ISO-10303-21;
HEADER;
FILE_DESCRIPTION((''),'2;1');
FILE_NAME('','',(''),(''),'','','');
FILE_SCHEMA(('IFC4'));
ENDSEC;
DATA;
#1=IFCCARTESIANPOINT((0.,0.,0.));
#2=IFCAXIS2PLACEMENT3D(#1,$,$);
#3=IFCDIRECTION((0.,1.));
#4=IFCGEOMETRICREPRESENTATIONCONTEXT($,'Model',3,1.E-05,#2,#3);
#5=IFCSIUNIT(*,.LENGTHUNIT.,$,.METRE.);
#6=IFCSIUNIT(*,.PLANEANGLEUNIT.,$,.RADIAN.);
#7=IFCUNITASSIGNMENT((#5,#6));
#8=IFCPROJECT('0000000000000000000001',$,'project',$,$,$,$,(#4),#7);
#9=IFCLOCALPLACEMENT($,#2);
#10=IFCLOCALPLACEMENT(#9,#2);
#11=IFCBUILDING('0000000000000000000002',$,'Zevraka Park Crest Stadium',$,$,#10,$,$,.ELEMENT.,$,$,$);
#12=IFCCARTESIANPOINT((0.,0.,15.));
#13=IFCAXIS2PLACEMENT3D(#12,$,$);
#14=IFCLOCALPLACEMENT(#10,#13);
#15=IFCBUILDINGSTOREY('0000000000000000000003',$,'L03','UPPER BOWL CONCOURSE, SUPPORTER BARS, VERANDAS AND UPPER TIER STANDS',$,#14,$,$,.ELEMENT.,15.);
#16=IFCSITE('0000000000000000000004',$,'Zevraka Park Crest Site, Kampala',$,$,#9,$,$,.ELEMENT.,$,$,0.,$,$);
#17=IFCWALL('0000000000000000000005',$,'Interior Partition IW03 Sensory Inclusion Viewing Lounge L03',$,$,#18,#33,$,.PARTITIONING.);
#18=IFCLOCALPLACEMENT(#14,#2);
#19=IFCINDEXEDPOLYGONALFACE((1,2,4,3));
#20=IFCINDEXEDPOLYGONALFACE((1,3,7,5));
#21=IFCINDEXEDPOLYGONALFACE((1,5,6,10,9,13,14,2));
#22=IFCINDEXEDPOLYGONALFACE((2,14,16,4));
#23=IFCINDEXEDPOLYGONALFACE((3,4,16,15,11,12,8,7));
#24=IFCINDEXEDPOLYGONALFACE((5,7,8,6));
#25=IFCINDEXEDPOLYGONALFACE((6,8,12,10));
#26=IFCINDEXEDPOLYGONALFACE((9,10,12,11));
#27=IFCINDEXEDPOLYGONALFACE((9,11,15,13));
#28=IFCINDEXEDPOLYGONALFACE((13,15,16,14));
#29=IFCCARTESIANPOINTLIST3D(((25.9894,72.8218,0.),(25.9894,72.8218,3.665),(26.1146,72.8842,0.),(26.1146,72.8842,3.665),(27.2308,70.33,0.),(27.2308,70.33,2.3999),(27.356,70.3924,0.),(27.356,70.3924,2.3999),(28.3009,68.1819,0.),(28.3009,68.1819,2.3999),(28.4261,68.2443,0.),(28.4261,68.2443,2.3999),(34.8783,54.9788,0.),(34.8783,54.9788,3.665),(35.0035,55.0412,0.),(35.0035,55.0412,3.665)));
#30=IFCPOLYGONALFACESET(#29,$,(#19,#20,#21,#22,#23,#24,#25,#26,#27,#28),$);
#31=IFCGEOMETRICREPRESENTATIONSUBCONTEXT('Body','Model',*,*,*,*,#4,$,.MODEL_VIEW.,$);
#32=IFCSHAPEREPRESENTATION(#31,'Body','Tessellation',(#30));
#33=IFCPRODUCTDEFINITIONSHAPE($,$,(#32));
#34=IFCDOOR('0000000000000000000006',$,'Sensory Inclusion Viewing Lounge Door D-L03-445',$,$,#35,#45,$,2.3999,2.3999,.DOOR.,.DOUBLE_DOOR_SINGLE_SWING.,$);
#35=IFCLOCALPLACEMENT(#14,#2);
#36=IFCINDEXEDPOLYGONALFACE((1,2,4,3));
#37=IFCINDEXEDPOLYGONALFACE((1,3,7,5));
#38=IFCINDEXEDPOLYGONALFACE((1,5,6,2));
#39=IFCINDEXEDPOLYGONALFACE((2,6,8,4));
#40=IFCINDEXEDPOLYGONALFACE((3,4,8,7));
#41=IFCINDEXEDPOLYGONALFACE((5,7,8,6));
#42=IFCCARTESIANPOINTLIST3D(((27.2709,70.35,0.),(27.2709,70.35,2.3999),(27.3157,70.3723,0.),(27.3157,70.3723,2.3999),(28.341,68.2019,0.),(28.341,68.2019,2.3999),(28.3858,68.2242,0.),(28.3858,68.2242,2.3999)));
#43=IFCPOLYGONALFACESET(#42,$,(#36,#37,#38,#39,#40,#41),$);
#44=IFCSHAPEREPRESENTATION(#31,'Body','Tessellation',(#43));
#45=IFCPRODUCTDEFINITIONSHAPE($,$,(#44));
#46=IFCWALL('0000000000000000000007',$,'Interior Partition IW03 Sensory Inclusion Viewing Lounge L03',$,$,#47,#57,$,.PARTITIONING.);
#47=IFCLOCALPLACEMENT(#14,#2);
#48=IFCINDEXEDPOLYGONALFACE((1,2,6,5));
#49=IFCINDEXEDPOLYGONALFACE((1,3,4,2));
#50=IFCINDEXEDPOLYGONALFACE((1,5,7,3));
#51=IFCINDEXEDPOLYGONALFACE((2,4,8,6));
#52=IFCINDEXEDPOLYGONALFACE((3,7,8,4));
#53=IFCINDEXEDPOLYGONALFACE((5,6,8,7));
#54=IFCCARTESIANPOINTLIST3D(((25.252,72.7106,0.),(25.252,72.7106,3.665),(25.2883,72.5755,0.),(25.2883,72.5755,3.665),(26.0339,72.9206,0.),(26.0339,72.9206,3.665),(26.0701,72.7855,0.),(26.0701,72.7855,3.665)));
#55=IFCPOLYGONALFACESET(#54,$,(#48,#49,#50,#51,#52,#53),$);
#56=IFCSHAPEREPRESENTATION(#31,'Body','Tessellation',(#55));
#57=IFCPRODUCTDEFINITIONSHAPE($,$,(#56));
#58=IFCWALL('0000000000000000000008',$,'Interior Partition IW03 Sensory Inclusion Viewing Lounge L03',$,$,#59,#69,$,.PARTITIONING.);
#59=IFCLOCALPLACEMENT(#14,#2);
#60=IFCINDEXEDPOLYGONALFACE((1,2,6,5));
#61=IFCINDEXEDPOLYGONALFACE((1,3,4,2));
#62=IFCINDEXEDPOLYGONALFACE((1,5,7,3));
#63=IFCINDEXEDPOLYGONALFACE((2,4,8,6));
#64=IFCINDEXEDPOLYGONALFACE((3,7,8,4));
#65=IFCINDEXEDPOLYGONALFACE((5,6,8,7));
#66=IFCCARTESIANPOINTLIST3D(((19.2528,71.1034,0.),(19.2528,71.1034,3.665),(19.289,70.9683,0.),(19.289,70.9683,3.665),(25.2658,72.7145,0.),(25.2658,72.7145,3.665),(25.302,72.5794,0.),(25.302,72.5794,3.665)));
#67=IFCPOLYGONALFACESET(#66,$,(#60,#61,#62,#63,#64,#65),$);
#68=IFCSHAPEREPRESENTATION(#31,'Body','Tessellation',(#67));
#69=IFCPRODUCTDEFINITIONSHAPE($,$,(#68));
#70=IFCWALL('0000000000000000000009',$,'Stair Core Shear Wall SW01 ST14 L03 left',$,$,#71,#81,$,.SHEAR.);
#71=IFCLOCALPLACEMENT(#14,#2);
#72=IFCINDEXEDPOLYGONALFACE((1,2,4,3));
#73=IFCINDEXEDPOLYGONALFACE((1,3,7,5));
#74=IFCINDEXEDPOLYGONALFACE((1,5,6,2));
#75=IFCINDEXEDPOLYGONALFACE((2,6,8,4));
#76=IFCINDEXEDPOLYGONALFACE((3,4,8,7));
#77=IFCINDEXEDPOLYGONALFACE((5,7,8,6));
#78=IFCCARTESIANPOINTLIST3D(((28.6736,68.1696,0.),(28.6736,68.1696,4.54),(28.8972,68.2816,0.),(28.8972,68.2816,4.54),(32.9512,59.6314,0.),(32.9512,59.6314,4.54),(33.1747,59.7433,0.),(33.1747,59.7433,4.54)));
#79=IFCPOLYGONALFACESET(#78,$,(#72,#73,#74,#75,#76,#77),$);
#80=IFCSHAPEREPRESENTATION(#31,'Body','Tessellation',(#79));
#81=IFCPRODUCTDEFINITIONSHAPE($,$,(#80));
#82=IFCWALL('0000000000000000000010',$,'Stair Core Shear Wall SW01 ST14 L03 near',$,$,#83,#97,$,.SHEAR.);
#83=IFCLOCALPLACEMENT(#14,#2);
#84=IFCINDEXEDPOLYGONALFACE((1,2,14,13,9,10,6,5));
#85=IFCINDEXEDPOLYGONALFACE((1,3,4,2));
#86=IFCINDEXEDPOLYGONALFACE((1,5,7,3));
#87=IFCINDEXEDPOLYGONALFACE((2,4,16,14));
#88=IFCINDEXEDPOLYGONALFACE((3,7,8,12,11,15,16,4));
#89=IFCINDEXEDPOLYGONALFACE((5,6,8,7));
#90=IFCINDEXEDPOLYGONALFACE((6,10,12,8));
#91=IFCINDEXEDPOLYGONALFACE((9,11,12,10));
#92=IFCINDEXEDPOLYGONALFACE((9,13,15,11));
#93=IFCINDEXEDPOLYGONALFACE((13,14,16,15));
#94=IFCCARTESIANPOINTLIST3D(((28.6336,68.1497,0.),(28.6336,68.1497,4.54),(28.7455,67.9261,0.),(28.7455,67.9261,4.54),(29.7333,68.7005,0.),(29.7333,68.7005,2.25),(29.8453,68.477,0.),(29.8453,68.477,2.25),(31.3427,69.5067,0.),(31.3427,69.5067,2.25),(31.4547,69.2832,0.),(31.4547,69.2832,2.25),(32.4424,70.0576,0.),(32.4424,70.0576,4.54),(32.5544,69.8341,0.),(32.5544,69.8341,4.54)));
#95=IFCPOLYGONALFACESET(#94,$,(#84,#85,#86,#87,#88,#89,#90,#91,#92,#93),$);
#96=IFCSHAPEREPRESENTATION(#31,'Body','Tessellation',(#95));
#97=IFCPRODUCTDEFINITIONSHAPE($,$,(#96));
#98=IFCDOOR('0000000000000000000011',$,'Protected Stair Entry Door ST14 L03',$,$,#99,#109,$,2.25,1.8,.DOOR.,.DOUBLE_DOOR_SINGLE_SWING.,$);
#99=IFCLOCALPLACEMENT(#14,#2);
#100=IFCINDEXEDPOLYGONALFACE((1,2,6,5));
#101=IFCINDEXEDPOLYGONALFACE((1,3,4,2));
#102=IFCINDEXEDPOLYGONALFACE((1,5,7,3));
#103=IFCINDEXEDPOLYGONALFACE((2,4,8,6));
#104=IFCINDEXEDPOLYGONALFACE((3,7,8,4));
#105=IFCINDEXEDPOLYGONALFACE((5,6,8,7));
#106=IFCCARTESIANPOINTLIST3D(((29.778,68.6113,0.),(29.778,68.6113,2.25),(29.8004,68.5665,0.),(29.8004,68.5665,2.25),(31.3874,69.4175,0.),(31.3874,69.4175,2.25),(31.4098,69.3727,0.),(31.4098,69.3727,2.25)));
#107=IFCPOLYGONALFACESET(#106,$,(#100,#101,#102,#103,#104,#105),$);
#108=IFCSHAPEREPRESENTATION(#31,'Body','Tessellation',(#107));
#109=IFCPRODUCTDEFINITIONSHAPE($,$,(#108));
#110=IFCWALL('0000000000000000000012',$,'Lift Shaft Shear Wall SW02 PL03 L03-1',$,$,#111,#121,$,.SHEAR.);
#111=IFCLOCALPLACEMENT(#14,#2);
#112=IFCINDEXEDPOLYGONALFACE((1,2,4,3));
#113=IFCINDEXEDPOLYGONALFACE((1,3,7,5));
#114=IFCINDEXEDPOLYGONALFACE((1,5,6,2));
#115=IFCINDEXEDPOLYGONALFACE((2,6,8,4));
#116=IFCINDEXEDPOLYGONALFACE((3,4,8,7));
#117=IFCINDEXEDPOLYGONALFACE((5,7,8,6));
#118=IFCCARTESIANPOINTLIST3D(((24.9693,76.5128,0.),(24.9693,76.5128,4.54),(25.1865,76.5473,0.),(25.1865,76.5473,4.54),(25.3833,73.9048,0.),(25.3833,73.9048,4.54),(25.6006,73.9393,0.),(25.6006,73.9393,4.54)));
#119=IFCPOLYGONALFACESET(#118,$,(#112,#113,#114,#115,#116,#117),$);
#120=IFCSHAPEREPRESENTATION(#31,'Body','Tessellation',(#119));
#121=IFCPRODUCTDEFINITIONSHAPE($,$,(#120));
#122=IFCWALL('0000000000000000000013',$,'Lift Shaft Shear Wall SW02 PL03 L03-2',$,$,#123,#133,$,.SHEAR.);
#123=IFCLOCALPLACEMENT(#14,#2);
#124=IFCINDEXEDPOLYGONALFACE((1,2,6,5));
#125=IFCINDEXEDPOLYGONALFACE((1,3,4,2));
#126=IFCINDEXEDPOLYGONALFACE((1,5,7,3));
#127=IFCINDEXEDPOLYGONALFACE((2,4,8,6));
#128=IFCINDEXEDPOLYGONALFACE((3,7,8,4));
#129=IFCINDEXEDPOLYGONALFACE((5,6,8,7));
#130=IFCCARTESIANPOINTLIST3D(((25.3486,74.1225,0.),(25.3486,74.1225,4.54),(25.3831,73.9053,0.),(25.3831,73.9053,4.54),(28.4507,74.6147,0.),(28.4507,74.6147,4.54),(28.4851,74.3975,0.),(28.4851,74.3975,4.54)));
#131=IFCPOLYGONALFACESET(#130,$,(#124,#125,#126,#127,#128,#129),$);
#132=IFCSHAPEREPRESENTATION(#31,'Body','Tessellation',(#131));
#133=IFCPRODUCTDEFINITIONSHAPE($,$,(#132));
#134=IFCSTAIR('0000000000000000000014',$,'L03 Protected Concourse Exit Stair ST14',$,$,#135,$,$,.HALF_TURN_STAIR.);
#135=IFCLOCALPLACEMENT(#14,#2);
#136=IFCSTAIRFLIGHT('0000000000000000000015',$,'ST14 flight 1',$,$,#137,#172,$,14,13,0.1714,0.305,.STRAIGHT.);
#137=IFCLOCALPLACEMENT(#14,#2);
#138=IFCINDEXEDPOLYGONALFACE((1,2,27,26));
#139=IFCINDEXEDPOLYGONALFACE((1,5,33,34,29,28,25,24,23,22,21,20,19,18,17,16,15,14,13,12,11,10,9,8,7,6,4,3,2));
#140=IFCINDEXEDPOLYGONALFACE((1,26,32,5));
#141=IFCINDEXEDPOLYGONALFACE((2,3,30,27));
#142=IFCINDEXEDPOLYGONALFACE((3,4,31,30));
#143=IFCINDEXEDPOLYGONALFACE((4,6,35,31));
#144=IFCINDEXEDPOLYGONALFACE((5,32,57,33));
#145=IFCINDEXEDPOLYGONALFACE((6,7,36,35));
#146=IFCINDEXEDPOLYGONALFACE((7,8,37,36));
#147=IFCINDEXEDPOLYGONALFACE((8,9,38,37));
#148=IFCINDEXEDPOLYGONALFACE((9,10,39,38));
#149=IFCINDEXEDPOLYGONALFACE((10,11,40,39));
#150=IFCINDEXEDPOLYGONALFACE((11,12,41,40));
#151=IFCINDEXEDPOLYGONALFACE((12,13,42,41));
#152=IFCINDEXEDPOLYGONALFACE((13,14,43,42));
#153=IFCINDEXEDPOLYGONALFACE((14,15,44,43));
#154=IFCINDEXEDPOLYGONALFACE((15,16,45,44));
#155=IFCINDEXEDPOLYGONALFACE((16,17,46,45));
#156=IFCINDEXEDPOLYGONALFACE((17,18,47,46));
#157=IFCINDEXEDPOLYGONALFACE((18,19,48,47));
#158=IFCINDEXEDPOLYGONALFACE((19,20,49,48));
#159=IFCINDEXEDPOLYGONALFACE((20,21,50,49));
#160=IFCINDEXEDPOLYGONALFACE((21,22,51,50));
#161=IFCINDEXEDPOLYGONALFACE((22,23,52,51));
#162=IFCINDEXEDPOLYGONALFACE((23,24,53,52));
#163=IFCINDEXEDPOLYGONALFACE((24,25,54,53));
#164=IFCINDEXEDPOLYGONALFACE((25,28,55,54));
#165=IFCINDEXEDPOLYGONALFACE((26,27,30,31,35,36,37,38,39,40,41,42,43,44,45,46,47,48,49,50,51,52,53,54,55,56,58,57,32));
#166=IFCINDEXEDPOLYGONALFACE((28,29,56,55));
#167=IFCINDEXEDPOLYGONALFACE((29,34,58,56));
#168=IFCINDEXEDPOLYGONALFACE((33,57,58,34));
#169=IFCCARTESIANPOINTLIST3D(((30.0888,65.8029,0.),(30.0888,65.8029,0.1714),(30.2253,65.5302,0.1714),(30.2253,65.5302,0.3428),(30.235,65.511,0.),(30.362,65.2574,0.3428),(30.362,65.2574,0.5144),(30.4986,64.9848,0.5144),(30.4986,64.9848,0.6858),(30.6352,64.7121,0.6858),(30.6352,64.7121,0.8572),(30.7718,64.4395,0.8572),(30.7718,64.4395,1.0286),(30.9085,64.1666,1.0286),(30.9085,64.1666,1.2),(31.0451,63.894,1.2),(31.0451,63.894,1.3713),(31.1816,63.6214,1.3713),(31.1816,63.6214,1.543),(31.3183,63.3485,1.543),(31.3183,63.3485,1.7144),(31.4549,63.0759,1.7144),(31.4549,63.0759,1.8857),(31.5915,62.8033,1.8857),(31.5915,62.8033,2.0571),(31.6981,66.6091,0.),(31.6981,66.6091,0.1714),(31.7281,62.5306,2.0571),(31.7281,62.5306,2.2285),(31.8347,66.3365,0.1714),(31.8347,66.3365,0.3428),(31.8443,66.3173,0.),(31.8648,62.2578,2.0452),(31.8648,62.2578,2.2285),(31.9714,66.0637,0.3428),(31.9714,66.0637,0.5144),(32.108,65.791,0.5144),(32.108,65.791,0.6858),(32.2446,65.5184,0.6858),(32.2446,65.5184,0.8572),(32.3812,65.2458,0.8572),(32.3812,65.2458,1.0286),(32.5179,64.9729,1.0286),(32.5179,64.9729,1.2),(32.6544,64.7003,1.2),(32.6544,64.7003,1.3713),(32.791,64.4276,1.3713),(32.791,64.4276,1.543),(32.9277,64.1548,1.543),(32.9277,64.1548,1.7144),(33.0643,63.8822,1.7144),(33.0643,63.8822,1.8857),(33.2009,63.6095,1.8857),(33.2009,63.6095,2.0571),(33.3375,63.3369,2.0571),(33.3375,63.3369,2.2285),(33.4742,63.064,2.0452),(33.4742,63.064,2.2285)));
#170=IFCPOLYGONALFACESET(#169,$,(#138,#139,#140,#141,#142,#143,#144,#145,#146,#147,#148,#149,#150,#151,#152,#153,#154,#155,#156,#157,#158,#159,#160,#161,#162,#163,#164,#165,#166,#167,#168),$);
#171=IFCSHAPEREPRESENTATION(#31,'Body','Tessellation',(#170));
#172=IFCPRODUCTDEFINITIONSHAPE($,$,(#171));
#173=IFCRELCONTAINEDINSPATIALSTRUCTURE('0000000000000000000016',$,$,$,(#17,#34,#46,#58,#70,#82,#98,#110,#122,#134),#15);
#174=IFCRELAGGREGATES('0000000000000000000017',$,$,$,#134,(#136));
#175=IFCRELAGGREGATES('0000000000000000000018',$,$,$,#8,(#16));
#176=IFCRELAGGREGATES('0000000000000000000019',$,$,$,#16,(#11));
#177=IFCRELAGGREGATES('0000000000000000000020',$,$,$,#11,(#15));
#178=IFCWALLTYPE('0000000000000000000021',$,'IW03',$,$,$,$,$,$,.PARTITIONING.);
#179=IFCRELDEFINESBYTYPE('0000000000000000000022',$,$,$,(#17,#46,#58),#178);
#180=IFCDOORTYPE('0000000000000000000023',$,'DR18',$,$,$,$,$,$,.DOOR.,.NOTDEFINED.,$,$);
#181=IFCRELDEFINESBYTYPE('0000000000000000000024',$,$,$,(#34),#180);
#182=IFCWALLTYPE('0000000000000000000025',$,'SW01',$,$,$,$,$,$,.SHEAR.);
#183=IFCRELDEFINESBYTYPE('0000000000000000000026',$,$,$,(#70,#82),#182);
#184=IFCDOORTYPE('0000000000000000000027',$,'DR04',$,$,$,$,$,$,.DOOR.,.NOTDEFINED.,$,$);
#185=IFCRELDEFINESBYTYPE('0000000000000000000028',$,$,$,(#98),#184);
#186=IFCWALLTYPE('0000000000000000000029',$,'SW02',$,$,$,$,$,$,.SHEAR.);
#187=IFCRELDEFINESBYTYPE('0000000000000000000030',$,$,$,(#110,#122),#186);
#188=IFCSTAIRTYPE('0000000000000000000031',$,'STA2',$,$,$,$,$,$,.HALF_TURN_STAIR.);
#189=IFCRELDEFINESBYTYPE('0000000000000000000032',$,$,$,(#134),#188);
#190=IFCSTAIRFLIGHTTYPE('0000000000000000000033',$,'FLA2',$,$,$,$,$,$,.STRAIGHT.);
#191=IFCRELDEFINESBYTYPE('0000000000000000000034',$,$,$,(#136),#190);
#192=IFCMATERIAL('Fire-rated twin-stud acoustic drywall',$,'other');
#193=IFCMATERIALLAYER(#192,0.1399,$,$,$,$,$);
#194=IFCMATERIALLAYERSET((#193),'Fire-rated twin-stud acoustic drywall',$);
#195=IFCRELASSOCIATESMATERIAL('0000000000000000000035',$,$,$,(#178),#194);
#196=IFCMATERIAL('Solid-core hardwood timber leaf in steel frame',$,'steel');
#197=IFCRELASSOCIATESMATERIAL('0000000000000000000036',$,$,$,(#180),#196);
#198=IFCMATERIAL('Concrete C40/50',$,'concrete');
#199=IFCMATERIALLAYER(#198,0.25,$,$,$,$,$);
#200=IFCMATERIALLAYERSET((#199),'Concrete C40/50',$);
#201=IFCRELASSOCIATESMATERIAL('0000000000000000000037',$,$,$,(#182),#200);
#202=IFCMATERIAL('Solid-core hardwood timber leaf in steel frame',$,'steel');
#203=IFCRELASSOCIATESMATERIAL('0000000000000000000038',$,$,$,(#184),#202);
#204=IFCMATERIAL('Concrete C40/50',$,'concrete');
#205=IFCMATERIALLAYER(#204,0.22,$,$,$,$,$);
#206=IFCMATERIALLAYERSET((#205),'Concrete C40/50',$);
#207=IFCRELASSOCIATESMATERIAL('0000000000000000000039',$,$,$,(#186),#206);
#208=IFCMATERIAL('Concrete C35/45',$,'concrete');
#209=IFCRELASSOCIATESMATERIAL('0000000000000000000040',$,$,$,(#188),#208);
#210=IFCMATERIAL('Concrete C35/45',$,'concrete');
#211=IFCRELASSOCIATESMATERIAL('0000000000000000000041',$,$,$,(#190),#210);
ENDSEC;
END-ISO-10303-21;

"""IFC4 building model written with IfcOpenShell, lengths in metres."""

from ifc_helpers import new_model, si_unit, direction, frame, frame_2d, origin, place, context, subcontext, project, spatial, polyline, rectangle, outline, extrude, material, layer, layer_set, type_object, element, fill, aggregate, save


model = new_model("IFC4")

# Units and contexts
model_context = context("Model", 3, precision=1e-05, world=origin(), true_north=direction((0.0, 1.0)))
body_context = subcontext(model_context, "Body", "Model", "MODEL_VIEW")
ifc_project = project(units=[si_unit("LENGTHUNIT", "METRE"), si_unit("PLANEANGLEUNIT", "RADIAN")], contexts=[model_context])

# Site, building, storey
site_placement = place(None, origin())
site = spatial("IfcSite", under=ifc_project, at=site_placement, Name="Zevraka Park Crest Site, Kampala", CompositionType="ELEMENT", RefElevation=0.0)
building_placement = place(site_placement, origin())
building = spatial("IfcBuilding", under=site, at=building_placement, Name="Zevraka Park Crest Stadium", CompositionType="ELEMENT")
storey_placement = place(building_placement, frame((0.0, 0.0, 15.0)))
storey = spatial("IfcBuildingStorey", under=building, at=storey_placement, Name="L03", Description="UPPER BOWL CONCOURSE, SUPPORTER BARS, VERANDAS AND UPPER TIER STANDS", CompositionType="ELEMENT", Elevation=15.0)

# Wall, opening, door
ifc_material_1 = material(Name="Fire-rated twin-stud acoustic drywall", Category="other")
ifc_layer_1 = layer(ifc_material_1, 0.1399)
ifc_layer_set_1 = layer_set([ifc_layer_1], Name="Fire-rated twin-stud acoustic drywall")
wall_type_1 = type_object("IfcWallType", Name="IW03", PredefinedType="PARTITIONING", material=ifc_layer_set_1)
wall_1_placement = place(storey_placement, frame((26.052, 72.853, 0.0), z_axis=(0.0, 0.0, 1.0), x_axis=(0.445905, -0.89508, 0.0)))
wall_1 = element("IfcWall", 1, at=wall_1_placement, inside=storey, type_object=wall_type_1, Name="Interior Partition IW03 Sensory Inclusion Viewing Lounge L03", PredefinedType="PARTITIONING", context=body_context, shape_type="SweptSolid", body=[
    extrude(rectangle(XDim=19.9346, YDim=0.1399, at=frame_2d((9.9673, 0.0))), origin(), (0.0, 0.0, 1.0), 3.665),
])
opening_1_placement = place(wall_1_placement, frame((2.7839, 0.0, 0.0)))
opening_1 = element("IfcOpeningElement", 2, at=opening_1_placement, cuts=wall_1, PredefinedType="OPENING", context=body_context, shape_type="SweptSolid", body=[
    extrude(rectangle(XDim=2.3999, YDim=2.3999, at=frame_2d((1.2, 1.2))), frame((0.0, 0.0798, 0.0), z_axis=(0.0, -1.0, 0.0), x_axis=(1.0, 0.0, 0.0)), (0.0, 0.0, 1.0), 0.1599),
])
ifc_material_2 = material(Name="Solid-core hardwood timber leaf in steel frame", Category="steel")
door_type_1 = type_object("IfcDoorType", Name="DR18", OperationType="NOTDEFINED", PredefinedType="DOOR", material=ifc_material_2)
door_1_placement = place(opening_1_placement, origin())
door_1 = element("IfcDoor", 3, at=door_1_placement, inside=storey, type_object=door_type_1, Name="Sensory Inclusion Viewing Lounge Door D-L03-445", OperationType="DOUBLE_DOOR_SINGLE_SWING", OverallHeight=2.3999, OverallWidth=2.3999, PredefinedType="DOOR", context=body_context, shape_type="SweptSolid", body=[
    extrude(rectangle(XDim=2.3999, YDim=2.3999, at=frame_2d((1.2, 1.2))), frame((0.0, 0.0249, 0.0), z_axis=(0.0, -1.0, 0.0), x_axis=(1.0, 0.0, 0.0)), (0.0, 0.0, 1.0), 0.05),
])
fill(opening_1, door_1)

# Walls
wall_2_placement = place(storey_placement, frame((26.052, 72.853, 0.0), z_axis=(0.0, 0.0, 1.0), x_axis=(-0.965793, -0.259314, 0.0)))
element("IfcWall", 4, at=wall_2_placement, inside=storey, type_object=wall_type_1, Name="Interior Partition IW03 Sensory Inclusion Viewing Lounge L03", PredefinedType="PARTITIONING", context=body_context, shape_type="SweptSolid", body=[
    extrude(rectangle(XDim=0.8096, YDim=0.1399, at=frame_2d((0.4048, 0.0))), origin(), (0.0, 0.0, 1.0), 3.665),
])
wall_3_placement = place(storey_placement, frame((25.2839, 72.647, 0.0), z_axis=(0.0, 0.0, 1.0), x_axis=(-0.965929, -0.258807, 0.0)))
element("IfcWall", 5, at=wall_3_placement, inside=storey, type_object=wall_type_1, Name="Interior Partition IW03 Sensory Inclusion Viewing Lounge L03", PredefinedType="PARTITIONING", context=body_context, shape_type="SweptSolid", body=[
    extrude(rectangle(XDim=6.2251, YDim=0.1399, at=frame_2d((3.1125, 0.0))), origin(), (0.0, 0.0, 1.0), 3.665),
])
ifc_material_3 = material(Name="Concrete C40/50", Category="concrete")
ifc_layer_2 = layer(ifc_material_3, 0.25)
ifc_layer_set_2 = layer_set([ifc_layer_2], Name="Concrete C40/50")
wall_type_2 = type_object("IfcWallType", Name="SW01", PredefinedType="SHEAR", material=ifc_layer_set_2)
wall_4_placement = place(storey_placement, frame((28.7854, 68.2256, 0.0), z_axis=(0.0, 0.0, 1.0), x_axis=(0.447919, -0.894074, 0.0)))
element("IfcWall", 6, at=wall_4_placement, inside=storey, type_object=wall_type_2, Name="Stair Core Shear Wall SW01 ST14 L03 left", PredefinedType="SHEAR", context=body_context, shape_type="SweptSolid", body=[
    extrude(rectangle(XDim=9.5498, YDim=0.25, at=frame_2d((4.7749, 0.0))), origin(), (0.0, 0.0, 1.0), 4.54),
])

# Wall, opening, door
wall_5_placement = place(storey_placement, frame((32.4983, 69.9458, 0.0), z_axis=(0.0, 0.0, 1.0), x_axis=(-0.894095, -0.447878, 0.0)))
wall_5 = element("IfcWall", 7, at=wall_5_placement, inside=storey, type_object=wall_type_2, Name="Stair Core Shear Wall SW01 ST14 L03 near", PredefinedType="SHEAR", context=body_context, shape_type="SweptSolid", body=[
    extrude(rectangle(XDim=4.26, YDim=0.25, at=frame_2d((2.1299, 0.0))), origin(), (0.0, 0.0, 1.0), 4.54),
])
opening_2_placement = place(wall_5_placement, frame((1.23, 0.0, 0.0)))
opening_2 = element("IfcOpeningElement", 8, at=opening_2_placement, cuts=wall_5, PredefinedType="OPENING", context=body_context, shape_type="SweptSolid", body=[
    extrude(rectangle(XDim=1.8, YDim=2.25, at=frame_2d((0.8999, 1.125))), frame((0.0, 0.135, 0.0), z_axis=(0.0, -1.0, 0.0), x_axis=(1.0, 0.0, 0.0)), (0.0, 0.0, 1.0), 0.27),
])
ifc_material_4 = material(Name="Solid-core hardwood timber leaf in steel frame", Category="steel")
door_type_2 = type_object("IfcDoorType", Name="DR04", OperationType="NOTDEFINED", PredefinedType="DOOR", material=ifc_material_4)
door_2_placement = place(opening_2_placement, origin())
door_2 = element("IfcDoor", 9, at=door_2_placement, inside=storey, type_object=door_type_2, Name="Protected Stair Entry Door ST14 L03", OperationType="DOUBLE_DOOR_SINGLE_SWING", OverallHeight=2.25, OverallWidth=1.8, PredefinedType="DOOR", context=body_context, shape_type="SweptSolid", body=[
    extrude(rectangle(XDim=1.8, YDim=2.25, at=frame_2d((0.8999, 1.125))), frame((0.0, 0.0249, 0.0), z_axis=(0.0, -1.0, 0.0), x_axis=(1.0, 0.0, 0.0)), (0.0, 0.0, 1.0), 0.05),
])
fill(opening_2, door_2)

# Walls
ifc_material_5 = material(Name="Concrete C40/50", Category="concrete")
ifc_layer_3 = layer(ifc_material_5, 0.22)
ifc_layer_set_3 = layer_set([ifc_layer_3], Name="Concrete C40/50")
wall_type_3 = type_object("IfcWallType", Name="SW02", PredefinedType="SHEAR", material=ifc_layer_set_3)
wall_6_placement = place(storey_placement, frame((25.0779, 76.53, 0.0), z_axis=(0.0, 0.0, 1.0), x_axis=(0.156808, -0.987629, 0.0)))
element("IfcWall", 10, at=wall_6_placement, inside=storey, type_object=wall_type_3, Name="Lift Shaft Shear Wall SW02 PL03 L03-1", PredefinedType="SHEAR", context=body_context, shape_type="SweptSolid", body=[
    extrude(rectangle(XDim=2.6406, YDim=0.22, at=frame_2d((1.3203, 0.0))), origin(), (0.0, 0.0, 1.0), 4.54),
])
wall_7_placement = place(storey_placement, frame((25.366, 74.0139, 0.0), z_axis=(0.0, 0.0, 1.0), x_axis=(0.987645, 0.156705, 0.0)))
element("IfcWall", 11, at=wall_7_placement, inside=storey, type_object=wall_type_3, Name="Lift Shaft Shear Wall SW02 PL03 L03-2", PredefinedType="SHEAR", context=body_context, shape_type="SweptSolid", body=[
    extrude(rectangle(XDim=3.1409, YDim=0.22, at=frame_2d((1.5703, 0.0))), origin(), (0.0, 0.0, 1.0), 4.54),
])

# Stair, stair flight
ifc_material_6 = material(Name="Concrete C35/45", Category="concrete")
stair_type = type_object("IfcStairType", Name="STA2", PredefinedType="HALF_TURN_STAIR", material=ifc_material_6)
stair_placement = place(storey_placement, origin())
stair = element("IfcStair", 12, at=stair_placement, inside=storey, type_object=stair_type, Name="L03 Protected Concourse Exit Stair ST14", PredefinedType="HALF_TURN_STAIR")
ifc_material_7 = material(Name="Concrete C35/45", Category="concrete")
stair_flight_type = type_object("IfcStairFlightType", Name="FLA2", PredefinedType="STRAIGHT", material=ifc_material_7)
stair_flight_placement = place(storey_placement, frame((30.8936, 66.2061, 0.0), z_axis=(0.0, 0.0, 1.0), x_axis=(0.447915, -0.894076, 0.0)))
stair_flight = element("IfcStairFlight", 13, at=stair_flight_placement, type_object=stair_flight_type, Name="ST14 flight 1", NumberOfRisers=14, NumberOfTreads=13, PredefinedType="STRAIGHT", RiserHeight=0.1714, TreadLength=0.305, context=body_context, shape_type="SweptSolid", body=[
    extrude(outline(polyline([(0.0, 0.0), (0.0, 0.1714), (0.3049, 0.1714), (0.3049, 0.3428), (0.6101, 0.3428), (0.6101, 0.5144), (0.915, 0.5144), (0.915, 0.6858), (1.22, 0.6858), (1.22, 0.8572), (1.5249, 0.8572), (1.5249, 1.0286), (1.8301, 1.0286), (1.8301, 1.2), (2.135, 1.2), (2.135, 1.3713), (2.4399, 1.3713), (2.4399, 1.543), (2.7451, 1.543), (2.7451, 1.7144), (3.05, 1.7144), (3.05, 1.8857), (3.355, 1.8857), (3.355, 2.0571), (3.6599, 2.0571), (3.6599, 2.2285), (3.9651, 2.2285), (3.9651, 2.3999), (3.9651, 2.0452), (0.3264, 0.0), (0.0, 0.0)])), frame((0.0, 0.8999, 0.0), z_axis=(0.0, -1.0, 0.0), x_axis=(1.0, 0.0, 0.0)), (0.0, 0.0, 1.0), 1.8),
])
aggregate(stair, [stair_flight])

save(model, "model.ifc")
